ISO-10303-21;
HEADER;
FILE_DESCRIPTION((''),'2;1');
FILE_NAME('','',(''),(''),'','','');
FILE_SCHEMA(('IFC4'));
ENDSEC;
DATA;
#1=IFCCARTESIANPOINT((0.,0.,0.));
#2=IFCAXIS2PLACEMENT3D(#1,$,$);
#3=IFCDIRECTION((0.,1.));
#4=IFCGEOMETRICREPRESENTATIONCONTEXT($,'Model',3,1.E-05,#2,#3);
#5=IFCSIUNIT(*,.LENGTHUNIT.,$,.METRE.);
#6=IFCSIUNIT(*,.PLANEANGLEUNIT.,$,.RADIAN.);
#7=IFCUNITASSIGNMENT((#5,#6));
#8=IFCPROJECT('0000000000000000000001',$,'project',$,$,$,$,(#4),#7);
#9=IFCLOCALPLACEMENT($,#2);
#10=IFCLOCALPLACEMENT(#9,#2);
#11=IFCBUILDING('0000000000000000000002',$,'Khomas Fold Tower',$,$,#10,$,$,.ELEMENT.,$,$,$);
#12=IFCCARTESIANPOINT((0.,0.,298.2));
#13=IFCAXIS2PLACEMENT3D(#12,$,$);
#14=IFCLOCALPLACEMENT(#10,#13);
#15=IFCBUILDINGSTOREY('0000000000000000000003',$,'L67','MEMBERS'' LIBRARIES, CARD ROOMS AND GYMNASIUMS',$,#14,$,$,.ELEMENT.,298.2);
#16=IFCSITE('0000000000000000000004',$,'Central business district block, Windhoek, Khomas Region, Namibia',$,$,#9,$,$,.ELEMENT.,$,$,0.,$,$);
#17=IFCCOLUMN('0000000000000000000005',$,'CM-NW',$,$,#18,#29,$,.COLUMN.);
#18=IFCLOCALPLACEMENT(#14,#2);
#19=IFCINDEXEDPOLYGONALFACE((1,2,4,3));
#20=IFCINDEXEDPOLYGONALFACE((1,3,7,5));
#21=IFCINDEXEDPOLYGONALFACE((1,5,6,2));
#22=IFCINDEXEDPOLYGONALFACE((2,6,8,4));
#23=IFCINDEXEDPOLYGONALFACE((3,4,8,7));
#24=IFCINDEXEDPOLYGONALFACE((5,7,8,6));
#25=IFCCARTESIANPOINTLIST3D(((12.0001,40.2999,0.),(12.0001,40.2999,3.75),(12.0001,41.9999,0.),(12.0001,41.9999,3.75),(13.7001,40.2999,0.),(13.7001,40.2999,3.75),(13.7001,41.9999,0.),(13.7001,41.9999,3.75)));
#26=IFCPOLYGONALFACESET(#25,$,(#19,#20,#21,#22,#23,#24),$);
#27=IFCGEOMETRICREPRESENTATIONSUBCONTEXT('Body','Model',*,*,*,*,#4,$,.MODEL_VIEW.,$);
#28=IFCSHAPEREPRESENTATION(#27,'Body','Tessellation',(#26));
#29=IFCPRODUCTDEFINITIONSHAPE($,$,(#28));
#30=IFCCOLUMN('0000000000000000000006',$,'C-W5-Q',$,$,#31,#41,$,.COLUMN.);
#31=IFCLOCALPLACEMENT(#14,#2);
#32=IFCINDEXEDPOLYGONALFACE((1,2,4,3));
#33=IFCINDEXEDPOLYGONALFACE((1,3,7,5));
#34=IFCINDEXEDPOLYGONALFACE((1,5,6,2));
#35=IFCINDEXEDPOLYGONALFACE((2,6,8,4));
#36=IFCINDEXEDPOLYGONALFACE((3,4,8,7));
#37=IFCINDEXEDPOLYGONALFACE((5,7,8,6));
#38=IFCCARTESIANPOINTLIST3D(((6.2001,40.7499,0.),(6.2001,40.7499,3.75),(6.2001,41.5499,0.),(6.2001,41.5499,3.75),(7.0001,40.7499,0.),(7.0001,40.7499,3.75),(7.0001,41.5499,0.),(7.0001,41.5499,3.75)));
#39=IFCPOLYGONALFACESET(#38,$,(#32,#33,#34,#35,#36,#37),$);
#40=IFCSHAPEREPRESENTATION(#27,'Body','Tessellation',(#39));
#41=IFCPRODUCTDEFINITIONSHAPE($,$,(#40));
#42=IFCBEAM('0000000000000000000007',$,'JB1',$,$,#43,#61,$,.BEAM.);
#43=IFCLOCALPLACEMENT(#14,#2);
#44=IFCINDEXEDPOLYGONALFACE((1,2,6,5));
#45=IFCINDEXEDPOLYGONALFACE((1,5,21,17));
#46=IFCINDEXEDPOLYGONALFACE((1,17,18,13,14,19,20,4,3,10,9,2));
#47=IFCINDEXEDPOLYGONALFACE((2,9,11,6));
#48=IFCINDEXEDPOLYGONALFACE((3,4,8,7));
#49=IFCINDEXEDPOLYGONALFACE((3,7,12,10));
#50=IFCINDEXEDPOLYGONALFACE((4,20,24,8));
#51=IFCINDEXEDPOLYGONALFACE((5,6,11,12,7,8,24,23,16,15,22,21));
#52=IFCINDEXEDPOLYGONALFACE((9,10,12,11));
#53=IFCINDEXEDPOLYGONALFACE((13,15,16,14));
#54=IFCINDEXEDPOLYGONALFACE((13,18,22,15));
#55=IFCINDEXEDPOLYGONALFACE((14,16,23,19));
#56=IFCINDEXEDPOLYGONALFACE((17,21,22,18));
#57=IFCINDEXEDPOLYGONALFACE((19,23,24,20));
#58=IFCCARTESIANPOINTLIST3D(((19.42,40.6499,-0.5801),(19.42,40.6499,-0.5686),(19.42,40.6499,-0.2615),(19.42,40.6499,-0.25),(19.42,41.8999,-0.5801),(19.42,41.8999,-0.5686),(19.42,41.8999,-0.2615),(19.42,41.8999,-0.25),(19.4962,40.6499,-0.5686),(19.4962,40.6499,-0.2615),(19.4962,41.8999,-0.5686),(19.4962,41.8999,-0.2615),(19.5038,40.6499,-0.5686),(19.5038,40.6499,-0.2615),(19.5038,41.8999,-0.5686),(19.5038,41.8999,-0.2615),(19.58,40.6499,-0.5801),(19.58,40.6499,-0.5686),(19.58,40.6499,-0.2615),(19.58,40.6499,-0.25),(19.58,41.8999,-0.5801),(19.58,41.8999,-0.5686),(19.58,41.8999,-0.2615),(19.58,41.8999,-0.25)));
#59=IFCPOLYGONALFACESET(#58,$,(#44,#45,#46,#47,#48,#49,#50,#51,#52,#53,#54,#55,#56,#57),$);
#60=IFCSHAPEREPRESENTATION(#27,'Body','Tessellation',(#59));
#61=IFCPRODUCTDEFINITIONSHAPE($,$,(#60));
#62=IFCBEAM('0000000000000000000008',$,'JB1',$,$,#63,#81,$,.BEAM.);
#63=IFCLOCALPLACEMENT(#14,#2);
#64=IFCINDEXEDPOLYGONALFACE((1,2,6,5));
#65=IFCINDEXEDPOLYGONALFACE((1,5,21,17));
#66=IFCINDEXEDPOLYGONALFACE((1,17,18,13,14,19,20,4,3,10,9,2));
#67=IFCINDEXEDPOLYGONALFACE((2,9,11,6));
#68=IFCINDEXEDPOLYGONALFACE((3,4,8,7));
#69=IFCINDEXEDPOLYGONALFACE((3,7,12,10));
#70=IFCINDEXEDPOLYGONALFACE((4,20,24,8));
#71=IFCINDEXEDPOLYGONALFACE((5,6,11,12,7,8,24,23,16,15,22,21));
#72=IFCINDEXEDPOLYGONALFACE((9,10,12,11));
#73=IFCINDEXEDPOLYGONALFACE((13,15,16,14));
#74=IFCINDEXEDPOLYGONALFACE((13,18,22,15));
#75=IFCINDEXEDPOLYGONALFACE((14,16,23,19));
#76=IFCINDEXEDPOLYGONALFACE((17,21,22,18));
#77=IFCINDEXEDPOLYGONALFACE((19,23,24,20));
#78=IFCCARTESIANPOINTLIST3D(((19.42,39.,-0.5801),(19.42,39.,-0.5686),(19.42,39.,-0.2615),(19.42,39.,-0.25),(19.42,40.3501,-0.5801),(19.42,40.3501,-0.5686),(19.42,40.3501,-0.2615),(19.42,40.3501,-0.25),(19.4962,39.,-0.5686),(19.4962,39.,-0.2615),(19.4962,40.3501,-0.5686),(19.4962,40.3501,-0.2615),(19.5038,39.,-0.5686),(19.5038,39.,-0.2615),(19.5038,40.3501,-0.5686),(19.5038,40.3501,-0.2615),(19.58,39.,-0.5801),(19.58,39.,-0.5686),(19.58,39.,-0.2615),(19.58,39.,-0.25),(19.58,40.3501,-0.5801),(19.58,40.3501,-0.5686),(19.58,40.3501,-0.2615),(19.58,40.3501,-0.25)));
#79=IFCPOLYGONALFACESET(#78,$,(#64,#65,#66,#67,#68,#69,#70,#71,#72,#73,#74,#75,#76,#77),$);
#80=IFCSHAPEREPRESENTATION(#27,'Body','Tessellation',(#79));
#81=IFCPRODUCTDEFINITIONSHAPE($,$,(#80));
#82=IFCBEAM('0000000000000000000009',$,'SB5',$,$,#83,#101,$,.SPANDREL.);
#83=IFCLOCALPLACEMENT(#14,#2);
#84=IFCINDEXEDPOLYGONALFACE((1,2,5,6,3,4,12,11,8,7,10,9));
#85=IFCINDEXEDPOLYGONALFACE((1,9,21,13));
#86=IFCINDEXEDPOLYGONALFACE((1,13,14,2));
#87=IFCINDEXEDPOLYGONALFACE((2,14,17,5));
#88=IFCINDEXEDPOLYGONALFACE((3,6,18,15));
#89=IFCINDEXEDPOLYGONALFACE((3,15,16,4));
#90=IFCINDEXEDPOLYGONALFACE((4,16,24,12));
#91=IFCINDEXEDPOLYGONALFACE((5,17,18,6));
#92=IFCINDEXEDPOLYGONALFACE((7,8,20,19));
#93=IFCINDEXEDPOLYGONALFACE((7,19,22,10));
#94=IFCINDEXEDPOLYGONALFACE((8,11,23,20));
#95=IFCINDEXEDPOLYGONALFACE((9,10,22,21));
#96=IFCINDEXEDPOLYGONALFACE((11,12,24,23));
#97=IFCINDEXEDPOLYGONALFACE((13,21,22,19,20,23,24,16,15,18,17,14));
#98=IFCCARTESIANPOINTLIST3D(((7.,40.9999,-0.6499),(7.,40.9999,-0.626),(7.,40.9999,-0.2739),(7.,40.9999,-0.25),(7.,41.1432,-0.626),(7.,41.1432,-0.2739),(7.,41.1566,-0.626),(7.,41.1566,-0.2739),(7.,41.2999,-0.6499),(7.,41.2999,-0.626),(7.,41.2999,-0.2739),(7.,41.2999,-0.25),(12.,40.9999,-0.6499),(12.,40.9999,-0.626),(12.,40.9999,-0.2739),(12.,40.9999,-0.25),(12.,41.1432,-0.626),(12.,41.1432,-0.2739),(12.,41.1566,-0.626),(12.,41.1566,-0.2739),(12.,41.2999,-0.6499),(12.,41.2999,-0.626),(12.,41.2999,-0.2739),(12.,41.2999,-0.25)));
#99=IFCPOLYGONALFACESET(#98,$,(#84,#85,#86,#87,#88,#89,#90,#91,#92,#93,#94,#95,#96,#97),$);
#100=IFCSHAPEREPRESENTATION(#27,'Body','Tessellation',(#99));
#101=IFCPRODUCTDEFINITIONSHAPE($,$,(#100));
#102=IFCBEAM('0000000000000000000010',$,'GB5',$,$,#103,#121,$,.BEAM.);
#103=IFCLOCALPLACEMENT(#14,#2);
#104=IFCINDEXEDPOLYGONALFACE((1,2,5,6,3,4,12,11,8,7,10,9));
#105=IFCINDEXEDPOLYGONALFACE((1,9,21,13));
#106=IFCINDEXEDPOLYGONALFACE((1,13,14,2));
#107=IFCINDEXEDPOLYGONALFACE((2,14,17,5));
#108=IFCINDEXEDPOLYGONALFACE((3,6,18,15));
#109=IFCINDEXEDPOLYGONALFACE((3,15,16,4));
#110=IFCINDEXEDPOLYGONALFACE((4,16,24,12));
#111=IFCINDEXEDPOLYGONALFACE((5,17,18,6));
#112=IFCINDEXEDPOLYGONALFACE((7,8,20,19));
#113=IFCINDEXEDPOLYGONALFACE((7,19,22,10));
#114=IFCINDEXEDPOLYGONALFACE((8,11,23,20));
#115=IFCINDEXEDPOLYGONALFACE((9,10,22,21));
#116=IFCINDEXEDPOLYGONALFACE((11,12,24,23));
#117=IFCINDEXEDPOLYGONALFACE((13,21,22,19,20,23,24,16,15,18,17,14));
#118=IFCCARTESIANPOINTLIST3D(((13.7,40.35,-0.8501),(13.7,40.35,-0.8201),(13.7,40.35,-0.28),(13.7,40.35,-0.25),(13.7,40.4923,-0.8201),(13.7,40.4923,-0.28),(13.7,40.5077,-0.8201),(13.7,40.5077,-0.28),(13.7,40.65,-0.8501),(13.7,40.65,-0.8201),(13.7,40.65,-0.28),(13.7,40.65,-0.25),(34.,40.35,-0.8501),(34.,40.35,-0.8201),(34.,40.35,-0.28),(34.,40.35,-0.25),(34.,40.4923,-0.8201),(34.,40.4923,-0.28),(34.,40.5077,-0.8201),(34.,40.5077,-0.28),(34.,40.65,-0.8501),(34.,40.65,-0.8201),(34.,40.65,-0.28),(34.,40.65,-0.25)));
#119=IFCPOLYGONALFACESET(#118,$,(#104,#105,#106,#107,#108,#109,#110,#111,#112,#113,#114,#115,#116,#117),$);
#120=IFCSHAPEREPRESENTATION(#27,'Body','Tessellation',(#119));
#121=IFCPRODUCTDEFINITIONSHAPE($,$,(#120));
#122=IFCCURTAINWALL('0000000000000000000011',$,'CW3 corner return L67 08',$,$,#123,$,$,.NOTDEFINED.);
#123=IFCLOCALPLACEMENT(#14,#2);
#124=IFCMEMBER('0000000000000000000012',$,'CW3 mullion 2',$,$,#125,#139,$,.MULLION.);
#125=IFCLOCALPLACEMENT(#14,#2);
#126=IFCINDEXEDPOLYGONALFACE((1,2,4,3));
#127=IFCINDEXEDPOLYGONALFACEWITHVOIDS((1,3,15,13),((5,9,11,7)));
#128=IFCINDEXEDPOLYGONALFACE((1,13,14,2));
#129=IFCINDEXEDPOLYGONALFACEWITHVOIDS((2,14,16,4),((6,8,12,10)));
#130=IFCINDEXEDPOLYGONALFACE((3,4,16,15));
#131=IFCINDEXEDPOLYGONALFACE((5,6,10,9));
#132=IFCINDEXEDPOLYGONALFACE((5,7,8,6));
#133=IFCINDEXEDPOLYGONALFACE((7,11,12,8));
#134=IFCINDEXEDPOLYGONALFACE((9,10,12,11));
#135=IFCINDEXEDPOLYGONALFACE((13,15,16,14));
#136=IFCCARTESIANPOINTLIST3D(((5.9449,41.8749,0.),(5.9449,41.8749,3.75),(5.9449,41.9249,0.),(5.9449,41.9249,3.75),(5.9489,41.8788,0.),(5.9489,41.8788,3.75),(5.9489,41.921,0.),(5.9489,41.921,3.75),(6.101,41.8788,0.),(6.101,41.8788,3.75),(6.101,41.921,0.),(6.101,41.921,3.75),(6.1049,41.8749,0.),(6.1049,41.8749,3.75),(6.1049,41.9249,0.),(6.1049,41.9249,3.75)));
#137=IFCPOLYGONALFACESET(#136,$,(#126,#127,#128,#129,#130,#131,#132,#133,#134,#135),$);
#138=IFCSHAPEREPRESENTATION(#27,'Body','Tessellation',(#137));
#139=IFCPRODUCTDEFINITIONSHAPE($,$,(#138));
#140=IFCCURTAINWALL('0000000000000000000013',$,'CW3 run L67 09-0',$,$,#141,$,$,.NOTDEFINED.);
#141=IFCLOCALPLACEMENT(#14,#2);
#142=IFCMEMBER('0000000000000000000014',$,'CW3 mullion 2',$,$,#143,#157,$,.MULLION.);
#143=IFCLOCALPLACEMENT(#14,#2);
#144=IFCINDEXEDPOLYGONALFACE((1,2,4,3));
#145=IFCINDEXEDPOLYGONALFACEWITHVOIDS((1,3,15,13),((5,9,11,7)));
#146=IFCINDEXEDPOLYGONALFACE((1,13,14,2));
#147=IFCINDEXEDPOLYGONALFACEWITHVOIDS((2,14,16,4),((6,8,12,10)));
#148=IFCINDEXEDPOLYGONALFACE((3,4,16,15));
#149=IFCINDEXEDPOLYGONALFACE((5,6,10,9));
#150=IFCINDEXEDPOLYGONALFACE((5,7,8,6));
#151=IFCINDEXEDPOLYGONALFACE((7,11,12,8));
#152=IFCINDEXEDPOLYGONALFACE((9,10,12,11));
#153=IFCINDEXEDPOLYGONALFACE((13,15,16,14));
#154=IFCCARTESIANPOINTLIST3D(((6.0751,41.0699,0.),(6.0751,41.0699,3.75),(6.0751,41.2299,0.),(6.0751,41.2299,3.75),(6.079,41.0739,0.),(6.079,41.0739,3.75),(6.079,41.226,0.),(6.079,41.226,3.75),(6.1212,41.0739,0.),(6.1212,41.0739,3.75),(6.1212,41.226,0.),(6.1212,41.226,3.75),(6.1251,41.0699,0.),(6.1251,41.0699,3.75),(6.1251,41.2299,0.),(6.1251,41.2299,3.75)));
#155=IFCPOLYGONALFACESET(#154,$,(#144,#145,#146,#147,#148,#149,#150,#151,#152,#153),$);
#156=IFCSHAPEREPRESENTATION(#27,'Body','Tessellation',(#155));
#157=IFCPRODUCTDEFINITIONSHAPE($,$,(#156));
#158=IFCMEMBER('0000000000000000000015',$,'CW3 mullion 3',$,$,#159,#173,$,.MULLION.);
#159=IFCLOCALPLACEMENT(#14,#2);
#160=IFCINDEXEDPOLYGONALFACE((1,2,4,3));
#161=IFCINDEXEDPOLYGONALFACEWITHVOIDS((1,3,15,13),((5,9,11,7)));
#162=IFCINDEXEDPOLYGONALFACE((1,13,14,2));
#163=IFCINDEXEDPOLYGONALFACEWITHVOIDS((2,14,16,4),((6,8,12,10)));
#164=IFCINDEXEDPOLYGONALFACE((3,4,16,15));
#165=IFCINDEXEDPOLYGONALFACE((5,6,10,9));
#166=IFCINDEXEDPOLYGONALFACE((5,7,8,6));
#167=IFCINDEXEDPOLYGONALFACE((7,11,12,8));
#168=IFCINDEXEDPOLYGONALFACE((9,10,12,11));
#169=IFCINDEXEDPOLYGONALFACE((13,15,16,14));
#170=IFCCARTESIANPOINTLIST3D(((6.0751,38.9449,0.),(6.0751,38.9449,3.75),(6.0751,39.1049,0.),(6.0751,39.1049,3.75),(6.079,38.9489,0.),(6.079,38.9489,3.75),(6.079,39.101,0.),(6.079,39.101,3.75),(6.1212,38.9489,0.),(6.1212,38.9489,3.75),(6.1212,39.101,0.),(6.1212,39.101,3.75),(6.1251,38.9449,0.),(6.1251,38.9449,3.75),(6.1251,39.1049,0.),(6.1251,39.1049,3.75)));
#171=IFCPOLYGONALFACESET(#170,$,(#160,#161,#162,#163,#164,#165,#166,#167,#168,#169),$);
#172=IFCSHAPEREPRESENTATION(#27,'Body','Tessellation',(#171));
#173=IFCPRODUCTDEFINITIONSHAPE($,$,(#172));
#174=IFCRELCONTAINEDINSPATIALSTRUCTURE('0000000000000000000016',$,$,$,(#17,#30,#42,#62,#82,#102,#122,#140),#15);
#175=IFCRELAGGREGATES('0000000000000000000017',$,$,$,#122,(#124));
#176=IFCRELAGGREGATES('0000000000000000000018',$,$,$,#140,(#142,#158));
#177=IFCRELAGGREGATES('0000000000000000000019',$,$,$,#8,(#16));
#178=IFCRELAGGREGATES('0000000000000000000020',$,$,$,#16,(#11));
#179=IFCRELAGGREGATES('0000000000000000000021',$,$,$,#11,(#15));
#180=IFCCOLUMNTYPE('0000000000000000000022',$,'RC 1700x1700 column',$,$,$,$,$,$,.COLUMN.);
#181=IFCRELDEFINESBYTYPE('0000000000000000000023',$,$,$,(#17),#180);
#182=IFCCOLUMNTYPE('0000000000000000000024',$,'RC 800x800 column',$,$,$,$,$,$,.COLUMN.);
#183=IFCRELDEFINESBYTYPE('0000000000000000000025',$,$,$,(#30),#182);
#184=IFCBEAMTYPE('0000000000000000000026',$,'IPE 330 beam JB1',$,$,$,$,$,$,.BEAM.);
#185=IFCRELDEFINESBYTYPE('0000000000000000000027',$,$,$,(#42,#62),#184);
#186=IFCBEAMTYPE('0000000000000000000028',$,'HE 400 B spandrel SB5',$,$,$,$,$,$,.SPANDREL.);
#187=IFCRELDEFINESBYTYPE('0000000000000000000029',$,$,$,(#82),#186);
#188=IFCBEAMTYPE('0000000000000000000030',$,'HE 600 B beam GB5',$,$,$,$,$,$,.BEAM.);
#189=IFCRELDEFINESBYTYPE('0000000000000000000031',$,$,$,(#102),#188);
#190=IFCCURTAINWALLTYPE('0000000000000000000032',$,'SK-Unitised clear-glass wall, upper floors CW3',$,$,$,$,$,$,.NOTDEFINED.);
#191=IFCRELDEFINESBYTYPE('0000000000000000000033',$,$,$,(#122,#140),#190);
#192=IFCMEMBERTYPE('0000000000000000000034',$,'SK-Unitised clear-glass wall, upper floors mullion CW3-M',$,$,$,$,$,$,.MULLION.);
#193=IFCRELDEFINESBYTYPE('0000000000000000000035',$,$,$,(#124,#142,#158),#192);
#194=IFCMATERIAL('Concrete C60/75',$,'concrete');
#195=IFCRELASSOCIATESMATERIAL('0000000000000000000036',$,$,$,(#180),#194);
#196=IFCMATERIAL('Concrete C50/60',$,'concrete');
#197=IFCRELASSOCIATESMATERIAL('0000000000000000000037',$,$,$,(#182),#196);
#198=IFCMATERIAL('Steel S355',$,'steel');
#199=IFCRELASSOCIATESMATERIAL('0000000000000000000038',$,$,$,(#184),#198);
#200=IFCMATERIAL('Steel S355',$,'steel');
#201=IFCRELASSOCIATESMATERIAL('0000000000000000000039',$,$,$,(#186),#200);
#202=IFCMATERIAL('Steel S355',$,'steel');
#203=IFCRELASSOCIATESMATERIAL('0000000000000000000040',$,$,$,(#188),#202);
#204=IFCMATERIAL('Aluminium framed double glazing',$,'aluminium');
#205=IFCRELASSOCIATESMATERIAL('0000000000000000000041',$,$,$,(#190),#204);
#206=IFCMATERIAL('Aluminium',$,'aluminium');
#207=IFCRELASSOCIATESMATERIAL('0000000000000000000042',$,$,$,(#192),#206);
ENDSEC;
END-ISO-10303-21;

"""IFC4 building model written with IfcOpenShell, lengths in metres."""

from ifc_helpers import new_model, si_unit, direction, frame, origin, origin_2d, place, context, subcontext, project, spatial, rectangle, hollow_rectangle, i_section, extrude, source, transform, mapped, material, material_profile, profile_set, type_object, element, aggregate, save


model = new_model("IFC4")

# Units and contexts
model_context = context("Model", 3, precision=1e-05, world=origin(), true_north=direction((0.0, 1.0)))
body_context = subcontext(model_context, "Body", "Model", "MODEL_VIEW")
ifc_project = project(units=[si_unit("LENGTHUNIT", "METRE"), si_unit("PLANEANGLEUNIT", "RADIAN")], contexts=[model_context])

# Site, building, storey
site_placement = place(None, origin())
site = spatial("IfcSite", under=ifc_project, at=site_placement, Name="Central business district block, Windhoek, Khomas Region, Namibia", CompositionType="ELEMENT", RefElevation=0.0)
building_placement = place(site_placement, origin())
building = spatial("IfcBuilding", under=site, at=building_placement, Name="Khomas Fold Tower", CompositionType="ELEMENT")
storey_placement = place(building_placement, frame((0.0, 0.0, 298.2)))
storey = spatial("IfcBuildingStorey", under=building, at=storey_placement, Name="L67", Description="MEMBERS' LIBRARIES, CARD ROOMS AND GYMNASIUMS", CompositionType="ELEMENT", Elevation=298.2)

# Columns
ifc_material_1 = material(Name="Concrete C60/75", Category="concrete")
ifc_material_profile_1 = material_profile(ifc_material_1, rectangle(XDim=1.7, YDim=1.7, at=origin_2d()), Name="RC 1700x1700")
ifc_profile_set_1 = profile_set([ifc_material_profile_1], Name="Concrete C60/75")
column_type_1 = type_object("IfcColumnType", Name="RC 1700x1700 column", PredefinedType="COLUMN", material=ifc_profile_set_1)
shared_shape_1 = source(origin(), body_context, "Body", "SweptSolid", [
    extrude(rectangle(XDim=1.7, YDim=1.7, at=origin_2d()), origin(), (0.0, 0.0, 1.0), 3.75),
])
column_1_placement = place(storey_placement, frame((12.8501, 41.1499, 0.0), z_axis=(0.0, 0.0, 1.0), x_axis=(1.0, 0.0, 0.0)))
element("IfcColumn", 1, at=column_1_placement, inside=storey, type_object=column_type_1, Name="CM-NW", PredefinedType="COLUMN", context=body_context, shape_type="MappedRepresentation", body=[
    mapped(shared_shape_1, transform((0.0, 0.0, 0.0))),
])
ifc_material_2 = material(Name="Concrete C50/60", Category="concrete")
ifc_material_profile_2 = material_profile(ifc_material_2, rectangle(XDim=0.8, YDim=0.8, at=origin_2d()), Name="RC 800x800")
ifc_profile_set_2 = profile_set([ifc_material_profile_2], Name="Concrete C50/60")
column_type_2 = type_object("IfcColumnType", Name="RC 800x800 column", PredefinedType="COLUMN", material=ifc_profile_set_2)
shared_shape_2 = source(origin(), body_context, "Body", "SweptSolid", [
    extrude(rectangle(XDim=0.8, YDim=0.8, at=origin_2d()), origin(), (0.0, 0.0, 1.0), 3.75),
])
column_2_placement = place(storey_placement, frame((6.6001, 41.1499, 0.0), z_axis=(0.0, 0.0, 1.0), x_axis=(1.0, 0.0, 0.0)))
element("IfcColumn", 2, at=column_2_placement, inside=storey, type_object=column_type_2, Name="C-W5-Q", PredefinedType="COLUMN", context=body_context, shape_type="MappedRepresentation", body=[
    mapped(shared_shape_2, transform((0.0, 0.0, 0.0))),
])

# Beams
ifc_material_3 = material(Name="Steel S355", Category="steel")
ifc_material_profile_3 = material_profile(ifc_material_3, i_section(OverallWidth=0.1599, OverallDepth=0.3301, WebThickness=0.0076, FlangeThickness=0.0115, at=origin_2d()), Name="IPE 330")
ifc_profile_set_3 = profile_set([ifc_material_profile_3], Name="Steel S355")
beam_type_1 = type_object("IfcBeamType", Name="IPE 330 beam JB1", PredefinedType="BEAM", material=ifc_profile_set_3)
shared_shape_3 = source(origin(), body_context, "Body", "SweptSolid", [
    extrude(i_section(OverallWidth=0.1599, OverallDepth=0.3301, WebThickness=0.0076, FlangeThickness=0.0115, at=origin_2d()), origin(), (0.0, 0.0, 1.0), 1.25),
])
beam_1_placement = place(storey_placement, frame((19.5, 40.6499, -0.415), z_axis=(0.0, 1.0, 0.0), x_axis=(-1.0, 0.0, 0.0)))
element("IfcBeam", 3, at=beam_1_placement, inside=storey, type_object=beam_type_1, Name="JB1", PredefinedType="BEAM", context=body_context, shape_type="MappedRepresentation", body=[
    mapped(shared_shape_3, transform((0.0, 0.0, 0.0))),
])
shared_shape_4 = source(origin(), body_context, "Body", "SweptSolid", [
    extrude(i_section(OverallWidth=0.1599, OverallDepth=0.3301, WebThickness=0.0076, FlangeThickness=0.0115, at=origin_2d()), origin(), (0.0, 0.0, 1.0), 1.3501),
])
beam_2_placement = place(storey_placement, frame((19.5, 39.0, -0.415), z_axis=(0.0, 1.0, 0.0), x_axis=(-1.0, 0.0, 0.0)))
element("IfcBeam", 4, at=beam_2_placement, inside=storey, type_object=beam_type_1, Name="JB1", PredefinedType="BEAM", context=body_context, shape_type="MappedRepresentation", body=[
    mapped(shared_shape_4, transform((0.0, 0.0, 0.0))),
])
ifc_material_4 = material(Name="Steel S355", Category="steel")
ifc_material_profile_4 = material_profile(ifc_material_4, i_section(OverallWidth=0.3, OverallDepth=0.3999, WebThickness=0.0134, FlangeThickness=0.0239, at=origin_2d()), Name="HE 400 B")
ifc_profile_set_4 = profile_set([ifc_material_profile_4], Name="Steel S355")
beam_type_2 = type_object("IfcBeamType", Name="HE 400 B spandrel SB5", PredefinedType="SPANDREL", material=ifc_profile_set_4)
shared_shape_5 = source(origin(), body_context, "Body", "SweptSolid", [
    extrude(i_section(OverallWidth=0.3, OverallDepth=0.3999, WebThickness=0.0134, FlangeThickness=0.0239, at=origin_2d()), origin(), (0.0, 0.0, 1.0), 5.0),
])
beam_3_placement = place(storey_placement, frame((7.0, 41.1499, -0.45), z_axis=(1.0, 0.0, 0.0), x_axis=(0.0, 1.0, 0.0)))
element("IfcBeam", 5, at=beam_3_placement, inside=storey, type_object=beam_type_2, Name="SB5", PredefinedType="SPANDREL", context=body_context, shape_type="MappedRepresentation", body=[
    mapped(shared_shape_5, transform((0.0, 0.0, 0.0))),
])
ifc_material_5 = material(Name="Steel S355", Category="steel")
ifc_material_profile_5 = material_profile(ifc_material_5, i_section(OverallWidth=0.3, OverallDepth=0.6001, WebThickness=0.0154, FlangeThickness=0.03, at=origin_2d()), Name="HE 600 B")
ifc_profile_set_5 = profile_set([ifc_material_profile_5], Name="Steel S355")
beam_type_3 = type_object("IfcBeamType", Name="HE 600 B beam GB5", PredefinedType="BEAM", material=ifc_profile_set_5)
shared_shape_6 = source(origin(), body_context, "Body", "SweptSolid", [
    extrude(i_section(OverallWidth=0.3, OverallDepth=0.6001, WebThickness=0.0154, FlangeThickness=0.03, at=origin_2d()), origin(), (0.0, 0.0, 1.0), 20.3),
])
beam_4_placement = place(storey_placement, frame((13.7, 40.5, -0.55), z_axis=(1.0, 0.0, 0.0), x_axis=(0.0, 1.0, 0.0)))
element("IfcBeam", 6, at=beam_4_placement, inside=storey, type_object=beam_type_3, Name="GB5", PredefinedType="BEAM", context=body_context, shape_type="MappedRepresentation", body=[
    mapped(shared_shape_6, transform((0.0, 0.0, 0.0))),
])

# Curtain wall, member
ifc_material_6 = material(Name="Aluminium framed double glazing", Category="aluminium")
curtain_wall_type = type_object("IfcCurtainWallType", Name="SK-Unitised clear-glass wall, upper floors CW3", PredefinedType="NOTDEFINED", material=ifc_material_6)
curtain_wall_1_placement = place(storey_placement, origin())
curtain_wall_1 = element("IfcCurtainWall", 7, at=curtain_wall_1_placement, inside=storey, type_object=curtain_wall_type, Name="CW3 corner return L67 08", PredefinedType="NOTDEFINED")
ifc_material_7 = material(Name="Aluminium", Category="aluminium")
ifc_material_profile_6 = material_profile(ifc_material_7, hollow_rectangle(XDim=0.05, YDim=0.1599, WallThickness=0.0039, at=origin_2d()), Name="SK-Unitised clear-glass wall, upper floors mullion CW3-M")
ifc_profile_set_6 = profile_set([ifc_material_profile_6], Name="Aluminium")
member_type_1 = type_object("IfcMemberType", Name="SK-Unitised clear-glass wall, upper floors mullion CW3-M", PredefinedType="MULLION", material=ifc_profile_set_6)
shared_shape_7 = source(origin(), body_context, "Body", "SweptSolid", [
    extrude(hollow_rectangle(XDim=0.05, YDim=0.1599, WallThickness=0.0039, at=origin_2d()), origin(), (0.0, 0.0, 1.0), 3.75),
])
member_1_placement = place(storey_placement, frame((6.0249, 41.8999, 0.0), z_axis=(0.0, 0.0, 1.0), x_axis=(0.0, -1.0, 0.0)))
member_1 = element("IfcMember", 8, at=member_1_placement, type_object=member_type_1, Name="CW3 mullion 2", PredefinedType="MULLION", context=body_context, shape_type="MappedRepresentation", body=[
    mapped(shared_shape_7, transform((0.0, 0.0, 0.0))),
])

# Curtain wall, members
curtain_wall_2_placement = place(storey_placement, origin())
curtain_wall_2 = element("IfcCurtainWall", 9, at=curtain_wall_2_placement, inside=storey, type_object=curtain_wall_type, Name="CW3 run L67 09-0", PredefinedType="NOTDEFINED")
member_2_placement = place(storey_placement, frame((6.1001, 41.1499, 0.0), z_axis=(0.0, 0.0, 1.0), x_axis=(1.0, 0.0, 0.0)))
member_2 = element("IfcMember", 10, at=member_2_placement, type_object=member_type_1, Name="CW3 mullion 2", PredefinedType="MULLION", context=body_context, shape_type="MappedRepresentation", body=[
    mapped(shared_shape_7, transform((0.0, 0.0, 0.0))),
])
member_3_placement = place(storey_placement, frame((6.1001, 39.0249, 0.0), z_axis=(0.0, 0.0, 1.0), x_axis=(1.0, 0.0, 0.0)))
member_3 = element("IfcMember", 11, at=member_3_placement, type_object=member_type_1, Name="CW3 mullion 3", PredefinedType="MULLION", context=body_context, shape_type="MappedRepresentation", body=[
    mapped(shared_shape_7, transform((0.0, 0.0, 0.0))),
])

aggregate(curtain_wall_1, [member_1])
aggregate(curtain_wall_2, [member_2, member_3])

save(model, "model.ifc")
